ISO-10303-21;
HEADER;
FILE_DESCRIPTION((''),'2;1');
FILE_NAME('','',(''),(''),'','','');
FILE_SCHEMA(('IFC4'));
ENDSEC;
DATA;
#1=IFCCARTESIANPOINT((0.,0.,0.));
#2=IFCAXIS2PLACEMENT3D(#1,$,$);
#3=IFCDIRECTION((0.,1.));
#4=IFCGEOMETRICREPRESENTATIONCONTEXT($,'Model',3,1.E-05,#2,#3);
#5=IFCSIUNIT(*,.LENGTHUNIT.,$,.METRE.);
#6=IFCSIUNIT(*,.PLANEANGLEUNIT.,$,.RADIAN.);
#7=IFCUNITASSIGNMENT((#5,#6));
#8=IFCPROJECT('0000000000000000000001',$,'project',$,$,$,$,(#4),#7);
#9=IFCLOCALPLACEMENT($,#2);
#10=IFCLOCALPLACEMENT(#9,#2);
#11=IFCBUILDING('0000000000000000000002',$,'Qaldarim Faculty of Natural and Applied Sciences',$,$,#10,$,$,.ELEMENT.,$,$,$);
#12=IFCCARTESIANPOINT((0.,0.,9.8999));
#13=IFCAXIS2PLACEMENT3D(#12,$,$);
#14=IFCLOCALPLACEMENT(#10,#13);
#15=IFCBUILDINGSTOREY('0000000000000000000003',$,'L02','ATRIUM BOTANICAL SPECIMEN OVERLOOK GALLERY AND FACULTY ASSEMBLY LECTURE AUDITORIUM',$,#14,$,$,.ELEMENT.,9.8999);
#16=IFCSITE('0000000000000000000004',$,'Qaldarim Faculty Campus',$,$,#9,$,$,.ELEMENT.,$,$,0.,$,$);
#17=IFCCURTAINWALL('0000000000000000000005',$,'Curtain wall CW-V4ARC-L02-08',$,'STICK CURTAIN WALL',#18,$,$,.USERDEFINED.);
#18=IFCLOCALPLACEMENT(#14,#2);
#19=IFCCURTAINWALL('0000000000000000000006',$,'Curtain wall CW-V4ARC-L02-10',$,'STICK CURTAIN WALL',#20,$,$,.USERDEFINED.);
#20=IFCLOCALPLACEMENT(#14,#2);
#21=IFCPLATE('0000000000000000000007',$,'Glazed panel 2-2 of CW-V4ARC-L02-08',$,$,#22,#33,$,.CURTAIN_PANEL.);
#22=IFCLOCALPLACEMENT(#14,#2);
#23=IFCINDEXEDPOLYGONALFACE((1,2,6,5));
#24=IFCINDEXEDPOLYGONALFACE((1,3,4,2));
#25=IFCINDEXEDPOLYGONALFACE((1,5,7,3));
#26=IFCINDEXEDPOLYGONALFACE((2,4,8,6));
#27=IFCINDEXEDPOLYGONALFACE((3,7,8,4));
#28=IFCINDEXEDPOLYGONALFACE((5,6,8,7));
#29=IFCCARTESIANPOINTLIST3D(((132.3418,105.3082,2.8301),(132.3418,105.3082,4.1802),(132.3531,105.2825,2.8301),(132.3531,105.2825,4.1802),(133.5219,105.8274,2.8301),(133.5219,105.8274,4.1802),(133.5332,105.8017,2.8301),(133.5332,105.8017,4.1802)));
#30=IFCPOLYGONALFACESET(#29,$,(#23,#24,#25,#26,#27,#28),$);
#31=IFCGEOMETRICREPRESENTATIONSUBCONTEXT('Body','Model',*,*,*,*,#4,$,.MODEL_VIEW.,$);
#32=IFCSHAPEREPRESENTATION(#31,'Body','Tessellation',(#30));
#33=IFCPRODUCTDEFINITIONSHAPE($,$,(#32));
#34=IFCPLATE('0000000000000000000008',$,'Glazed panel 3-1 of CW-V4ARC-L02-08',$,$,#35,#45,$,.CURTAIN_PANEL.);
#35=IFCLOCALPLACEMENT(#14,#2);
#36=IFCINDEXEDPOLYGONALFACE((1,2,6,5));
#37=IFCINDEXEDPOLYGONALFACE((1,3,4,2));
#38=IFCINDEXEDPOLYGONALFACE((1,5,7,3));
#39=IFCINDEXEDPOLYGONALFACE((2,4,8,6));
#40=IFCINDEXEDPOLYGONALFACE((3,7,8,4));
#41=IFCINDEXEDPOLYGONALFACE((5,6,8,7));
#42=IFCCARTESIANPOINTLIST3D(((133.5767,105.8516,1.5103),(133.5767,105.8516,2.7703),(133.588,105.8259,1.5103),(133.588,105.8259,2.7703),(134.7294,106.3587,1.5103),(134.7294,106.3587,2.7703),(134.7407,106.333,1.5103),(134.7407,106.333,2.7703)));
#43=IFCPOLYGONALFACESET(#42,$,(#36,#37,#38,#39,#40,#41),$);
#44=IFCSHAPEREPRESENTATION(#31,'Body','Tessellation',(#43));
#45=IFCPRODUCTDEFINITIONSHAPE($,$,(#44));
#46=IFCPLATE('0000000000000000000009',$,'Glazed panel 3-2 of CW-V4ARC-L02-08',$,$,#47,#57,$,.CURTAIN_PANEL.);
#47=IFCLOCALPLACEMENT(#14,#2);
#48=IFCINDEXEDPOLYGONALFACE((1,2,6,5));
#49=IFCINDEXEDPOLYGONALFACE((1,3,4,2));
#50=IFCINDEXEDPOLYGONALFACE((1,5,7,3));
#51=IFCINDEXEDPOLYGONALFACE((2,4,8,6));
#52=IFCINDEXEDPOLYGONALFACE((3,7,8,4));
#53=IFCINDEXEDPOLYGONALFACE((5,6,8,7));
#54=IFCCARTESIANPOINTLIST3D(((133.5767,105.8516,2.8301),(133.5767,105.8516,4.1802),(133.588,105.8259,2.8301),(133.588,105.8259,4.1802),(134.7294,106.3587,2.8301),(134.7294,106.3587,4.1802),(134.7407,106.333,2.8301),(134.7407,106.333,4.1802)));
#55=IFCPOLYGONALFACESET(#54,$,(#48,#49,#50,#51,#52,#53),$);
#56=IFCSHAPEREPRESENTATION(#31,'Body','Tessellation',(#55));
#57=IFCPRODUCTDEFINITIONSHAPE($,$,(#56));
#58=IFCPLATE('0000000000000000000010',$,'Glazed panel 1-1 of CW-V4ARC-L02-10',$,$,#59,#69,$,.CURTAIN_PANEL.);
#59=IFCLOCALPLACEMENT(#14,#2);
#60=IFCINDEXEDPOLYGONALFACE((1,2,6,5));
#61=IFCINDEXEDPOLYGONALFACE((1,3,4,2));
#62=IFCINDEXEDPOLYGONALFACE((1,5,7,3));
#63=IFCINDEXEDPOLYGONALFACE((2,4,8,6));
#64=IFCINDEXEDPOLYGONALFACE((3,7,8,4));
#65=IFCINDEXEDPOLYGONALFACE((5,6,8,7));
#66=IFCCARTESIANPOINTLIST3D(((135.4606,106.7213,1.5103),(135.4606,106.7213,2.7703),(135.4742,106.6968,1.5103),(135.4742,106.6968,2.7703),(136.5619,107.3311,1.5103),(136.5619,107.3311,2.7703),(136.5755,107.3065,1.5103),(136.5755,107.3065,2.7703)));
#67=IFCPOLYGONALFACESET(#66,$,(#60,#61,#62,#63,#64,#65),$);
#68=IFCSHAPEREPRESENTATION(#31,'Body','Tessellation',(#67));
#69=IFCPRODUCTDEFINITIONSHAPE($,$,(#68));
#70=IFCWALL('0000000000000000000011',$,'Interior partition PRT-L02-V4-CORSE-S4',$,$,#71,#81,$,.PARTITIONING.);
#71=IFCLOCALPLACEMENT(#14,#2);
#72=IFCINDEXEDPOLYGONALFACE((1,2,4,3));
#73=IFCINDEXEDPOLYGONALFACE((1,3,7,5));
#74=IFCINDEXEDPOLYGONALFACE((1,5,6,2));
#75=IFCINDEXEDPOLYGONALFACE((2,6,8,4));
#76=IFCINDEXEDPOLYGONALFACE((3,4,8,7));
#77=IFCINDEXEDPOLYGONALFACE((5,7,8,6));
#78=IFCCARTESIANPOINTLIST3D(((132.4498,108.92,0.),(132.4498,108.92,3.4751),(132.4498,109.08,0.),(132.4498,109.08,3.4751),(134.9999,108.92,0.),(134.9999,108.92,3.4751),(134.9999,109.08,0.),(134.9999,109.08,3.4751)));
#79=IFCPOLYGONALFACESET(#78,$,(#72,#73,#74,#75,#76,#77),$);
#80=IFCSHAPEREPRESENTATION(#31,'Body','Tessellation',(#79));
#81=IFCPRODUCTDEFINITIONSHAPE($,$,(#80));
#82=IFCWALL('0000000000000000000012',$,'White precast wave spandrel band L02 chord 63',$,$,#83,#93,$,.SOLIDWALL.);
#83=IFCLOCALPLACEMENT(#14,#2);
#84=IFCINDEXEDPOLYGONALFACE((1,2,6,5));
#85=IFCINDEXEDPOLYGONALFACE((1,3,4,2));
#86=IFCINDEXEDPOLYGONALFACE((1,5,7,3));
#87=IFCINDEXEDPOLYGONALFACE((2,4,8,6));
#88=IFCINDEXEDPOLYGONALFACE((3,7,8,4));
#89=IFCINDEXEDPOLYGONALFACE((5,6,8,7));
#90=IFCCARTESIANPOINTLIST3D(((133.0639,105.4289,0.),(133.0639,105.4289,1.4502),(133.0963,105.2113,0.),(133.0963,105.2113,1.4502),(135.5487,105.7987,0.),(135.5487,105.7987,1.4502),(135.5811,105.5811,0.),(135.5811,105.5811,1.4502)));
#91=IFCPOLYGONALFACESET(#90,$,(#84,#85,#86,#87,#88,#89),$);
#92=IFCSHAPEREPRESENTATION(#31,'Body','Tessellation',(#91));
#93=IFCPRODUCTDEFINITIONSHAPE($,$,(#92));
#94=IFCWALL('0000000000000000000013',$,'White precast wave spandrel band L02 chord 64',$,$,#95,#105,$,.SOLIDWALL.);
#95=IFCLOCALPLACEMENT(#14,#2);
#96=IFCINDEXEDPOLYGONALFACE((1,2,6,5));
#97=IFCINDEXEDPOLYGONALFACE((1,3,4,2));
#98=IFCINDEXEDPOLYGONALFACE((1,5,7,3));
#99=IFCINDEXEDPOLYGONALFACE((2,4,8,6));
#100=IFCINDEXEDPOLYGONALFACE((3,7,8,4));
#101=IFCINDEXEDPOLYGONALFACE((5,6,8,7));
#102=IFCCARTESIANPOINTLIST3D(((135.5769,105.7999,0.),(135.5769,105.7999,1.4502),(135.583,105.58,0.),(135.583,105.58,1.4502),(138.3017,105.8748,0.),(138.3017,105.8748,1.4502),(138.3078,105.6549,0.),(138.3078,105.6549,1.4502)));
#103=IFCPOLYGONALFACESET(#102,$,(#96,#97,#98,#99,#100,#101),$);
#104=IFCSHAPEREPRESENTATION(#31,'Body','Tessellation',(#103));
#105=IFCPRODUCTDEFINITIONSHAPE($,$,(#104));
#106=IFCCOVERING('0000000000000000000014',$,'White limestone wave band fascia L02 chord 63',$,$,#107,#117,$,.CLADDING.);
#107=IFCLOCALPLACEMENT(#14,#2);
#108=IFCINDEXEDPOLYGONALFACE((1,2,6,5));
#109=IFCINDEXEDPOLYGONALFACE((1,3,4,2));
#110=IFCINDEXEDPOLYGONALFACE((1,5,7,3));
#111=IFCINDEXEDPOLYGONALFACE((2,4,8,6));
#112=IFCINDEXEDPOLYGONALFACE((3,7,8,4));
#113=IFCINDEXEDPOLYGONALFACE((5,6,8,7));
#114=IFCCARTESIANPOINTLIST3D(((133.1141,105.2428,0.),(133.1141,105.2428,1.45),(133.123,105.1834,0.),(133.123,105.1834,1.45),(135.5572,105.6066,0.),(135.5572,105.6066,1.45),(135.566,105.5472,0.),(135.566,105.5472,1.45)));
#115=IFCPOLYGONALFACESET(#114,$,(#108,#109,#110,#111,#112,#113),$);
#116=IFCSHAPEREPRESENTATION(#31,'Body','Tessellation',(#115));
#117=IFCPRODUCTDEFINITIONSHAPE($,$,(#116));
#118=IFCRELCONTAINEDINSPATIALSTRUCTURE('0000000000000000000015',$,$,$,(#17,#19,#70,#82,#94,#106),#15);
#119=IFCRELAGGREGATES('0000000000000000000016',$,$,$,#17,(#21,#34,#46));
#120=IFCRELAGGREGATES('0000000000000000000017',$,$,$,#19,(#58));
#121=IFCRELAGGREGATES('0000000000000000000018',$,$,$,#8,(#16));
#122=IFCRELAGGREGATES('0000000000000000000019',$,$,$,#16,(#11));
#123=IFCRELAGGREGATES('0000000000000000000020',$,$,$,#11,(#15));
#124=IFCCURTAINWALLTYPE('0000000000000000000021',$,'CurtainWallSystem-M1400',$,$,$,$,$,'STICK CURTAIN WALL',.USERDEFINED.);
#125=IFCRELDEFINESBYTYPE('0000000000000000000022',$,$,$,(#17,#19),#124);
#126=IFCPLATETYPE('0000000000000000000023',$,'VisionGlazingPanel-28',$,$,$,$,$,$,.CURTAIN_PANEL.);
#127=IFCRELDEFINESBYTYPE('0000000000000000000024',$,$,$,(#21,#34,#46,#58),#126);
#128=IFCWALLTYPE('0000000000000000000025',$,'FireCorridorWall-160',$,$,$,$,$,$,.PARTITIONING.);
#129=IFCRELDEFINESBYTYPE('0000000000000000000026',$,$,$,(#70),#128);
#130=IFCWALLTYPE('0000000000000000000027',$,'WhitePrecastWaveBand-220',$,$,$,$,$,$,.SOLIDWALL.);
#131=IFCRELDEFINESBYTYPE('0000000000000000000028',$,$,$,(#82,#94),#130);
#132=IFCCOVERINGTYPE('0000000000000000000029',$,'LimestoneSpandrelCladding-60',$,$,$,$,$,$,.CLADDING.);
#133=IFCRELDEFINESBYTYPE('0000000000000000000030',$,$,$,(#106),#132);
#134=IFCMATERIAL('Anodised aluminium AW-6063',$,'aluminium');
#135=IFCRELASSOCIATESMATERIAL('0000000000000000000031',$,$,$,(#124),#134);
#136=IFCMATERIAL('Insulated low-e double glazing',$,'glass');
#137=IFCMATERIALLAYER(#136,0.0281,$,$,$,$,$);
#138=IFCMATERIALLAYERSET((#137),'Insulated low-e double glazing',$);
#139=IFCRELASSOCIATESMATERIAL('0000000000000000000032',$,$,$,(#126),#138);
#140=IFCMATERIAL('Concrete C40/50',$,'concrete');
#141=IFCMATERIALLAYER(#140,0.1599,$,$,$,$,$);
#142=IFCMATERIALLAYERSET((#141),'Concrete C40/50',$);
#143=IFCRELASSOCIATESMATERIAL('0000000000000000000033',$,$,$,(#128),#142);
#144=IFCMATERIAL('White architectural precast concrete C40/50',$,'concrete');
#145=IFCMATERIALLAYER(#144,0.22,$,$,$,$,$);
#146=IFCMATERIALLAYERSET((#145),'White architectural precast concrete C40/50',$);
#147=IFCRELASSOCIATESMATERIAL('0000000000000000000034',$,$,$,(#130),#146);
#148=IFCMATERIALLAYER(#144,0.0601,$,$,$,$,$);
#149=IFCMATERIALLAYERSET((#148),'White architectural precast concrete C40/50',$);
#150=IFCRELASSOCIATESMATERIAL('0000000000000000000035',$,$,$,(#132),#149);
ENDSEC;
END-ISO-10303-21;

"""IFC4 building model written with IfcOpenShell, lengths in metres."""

from ifc_helpers import new_model, si_unit, direction, frame, frame_2d, origin, origin_2d, place, context, subcontext, project, spatial, rectangle, extrude, material, layer, layer_set, type_object, element, aggregate, save


model = new_model("IFC4")

# Units and contexts
model_context = context("Model", 3, precision=1e-05, world=origin(), true_north=direction((0.0, 1.0)))
body_context = subcontext(model_context, "Body", "Model", "MODEL_VIEW")
ifc_project = project(units=[si_unit("LENGTHUNIT", "METRE"), si_unit("PLANEANGLEUNIT", "RADIAN")], contexts=[model_context])

# Site, building, storey
site_placement = place(None, origin())
site = spatial("IfcSite", under=ifc_project, at=site_placement, Name="Qaldarim Faculty Campus", CompositionType="ELEMENT", RefElevation=0.0)
building_placement = place(site_placement, origin())
building = spatial("IfcBuilding", under=site, at=building_placement, Name="Qaldarim Faculty of Natural and Applied Sciences", CompositionType="ELEMENT")
storey_placement = place(building_placement, frame((0.0, 0.0, 9.8999)))
storey = spatial("IfcBuildingStorey", under=building, at=storey_placement, Name="L02", Description="ATRIUM BOTANICAL SPECIMEN OVERLOOK GALLERY AND FACULTY ASSEMBLY LECTURE AUDITORIUM", CompositionType="ELEMENT", Elevation=9.8999)

# Curtain wall
ifc_material_1 = material(Name="Anodised aluminium AW-6063", Category="aluminium")
curtain_wall_type = type_object("IfcCurtainWallType", Name="CurtainWallSystem-M1400", ElementType="STICK CURTAIN WALL", PredefinedType="USERDEFINED", material=ifc_material_1)
curtain_wall_1_placement = place(storey_placement, origin())
curtain_wall_1 = element("IfcCurtainWall", 1, at=curtain_wall_1_placement, inside=storey, type_object=curtain_wall_type, Name="Curtain wall CW-V4ARC-L02-08", ObjectType="STICK CURTAIN WALL", PredefinedType="USERDEFINED")

# Curtain wall
curtain_wall_2_placement = place(storey_placement, origin())
curtain_wall_2 = element("IfcCurtainWall", 2, at=curtain_wall_2_placement, inside=storey, type_object=curtain_wall_type, Name="Curtain wall CW-V4ARC-L02-10", ObjectType="STICK CURTAIN WALL", PredefinedType="USERDEFINED")

# Plates
ifc_material_2 = material(Name="Insulated low-e double glazing", Category="glass")
ifc_layer_1 = layer(ifc_material_2, 0.0281)
ifc_layer_set_1 = layer_set([ifc_layer_1], Name="Insulated low-e double glazing")
plate_type = type_object("IfcPlateType", Name="VisionGlazingPanel-28", PredefinedType="CURTAIN_PANEL", material=ifc_layer_set_1)
plate_1_placement = place(storey_placement, frame((132.9375, 105.5549, 2.8301), z_axis=(0.0, 0.0, 1.0), x_axis=(0.915333, 0.402699, 0.0)))
plate_1 = element("IfcPlate", 3, at=plate_1_placement, type_object=plate_type, Name="Glazed panel 2-2 of CW-V4ARC-L02-08", PredefinedType="CURTAIN_PANEL", context=body_context, shape_type="SweptSolid", body=[
    extrude(rectangle(XDim=1.2893, YDim=0.0281, at=origin_2d()), origin(), (0.0, 0.0, 1.0), 1.3501),
])
plate_2_placement = place(storey_placement, frame((134.1587, 106.0923, 1.5103), z_axis=(0.0, 0.0, 1.0), x_axis=(0.915333, 0.402699, 0.0)))
plate_2 = element("IfcPlate", 4, at=plate_2_placement, type_object=plate_type, Name="Glazed panel 3-1 of CW-V4ARC-L02-08", PredefinedType="CURTAIN_PANEL", context=body_context, shape_type="SweptSolid", body=[
    extrude(rectangle(XDim=1.2593, YDim=0.0281, at=origin_2d()), origin(), (0.0, 0.0, 1.0), 1.26),
])
plate_3_placement = place(storey_placement, frame((134.1587, 106.0923, 2.8301), z_axis=(0.0, 0.0, 1.0), x_axis=(0.915333, 0.402699, 0.0)))
plate_3 = element("IfcPlate", 5, at=plate_3_placement, type_object=plate_type, Name="Glazed panel 3-2 of CW-V4ARC-L02-08", PredefinedType="CURTAIN_PANEL", context=body_context, shape_type="SweptSolid", body=[
    extrude(rectangle(XDim=1.2593, YDim=0.0281, at=origin_2d()), origin(), (0.0, 0.0, 1.0), 1.3501),
])
aggregate(curtain_wall_1, [plate_1, plate_2, plate_3])
plate_4_placement = place(storey_placement, frame((136.0181, 107.0139, 1.5103), z_axis=(0.0, 0.0, 1.0), x_axis=(0.874857, 0.484382, 0.0)))
plate_4 = element("IfcPlate", 6, at=plate_4_placement, type_object=plate_type, Name="Glazed panel 1-1 of CW-V4ARC-L02-10", PredefinedType="CURTAIN_PANEL", context=body_context, shape_type="SweptSolid", body=[
    extrude(rectangle(XDim=1.2588, YDim=0.0281, at=origin_2d()), origin(), (0.0, 0.0, 1.0), 1.26),
])
aggregate(curtain_wall_2, [plate_4])

# Walls
ifc_material_3 = material(Name="Concrete C40/50", Category="concrete")
ifc_layer_2 = layer(ifc_material_3, 0.1599)
ifc_layer_set_2 = layer_set([ifc_layer_2], Name="Concrete C40/50")
wall_type_1 = type_object("IfcWallType", Name="FireCorridorWall-160", PredefinedType="PARTITIONING", material=ifc_layer_set_2)
wall_1_placement = place(storey_placement, frame((132.45, 109.0, 0.0), z_axis=(0.0, 0.0, 1.0), x_axis=(1.0, 0.0, 0.0)))
element("IfcWall", 7, at=wall_1_placement, inside=storey, type_object=wall_type_1, Name="Interior partition PRT-L02-V4-CORSE-S4", PredefinedType="PARTITIONING", context=body_context, shape_type="SweptSolid", body=[
    extrude(rectangle(XDim=2.55, YDim=0.1599, at=frame_2d((1.2749, 0.0))), origin(), (0.0, 0.0, 1.0), 3.4751),
])
ifc_material_4 = material(Name="White architectural precast concrete C40/50", Category="concrete")
ifc_layer_3 = layer(ifc_material_4, 0.22)
ifc_layer_set_3 = layer_set([ifc_layer_3], Name="White architectural precast concrete C40/50")
wall_type_2 = type_object("IfcWallType", Name="WhitePrecastWaveBand-220", PredefinedType="SOLIDWALL", material=ifc_layer_set_3)
wall_2_placement = place(storey_placement, frame((133.0801, 105.3201, 0.0), z_axis=(0.0, 0.0, 1.0), x_axis=(0.989103, 0.147228, 0.0)))
element("IfcWall", 8, at=wall_2_placement, inside=storey, type_object=wall_type_2, Name="White precast wave spandrel band L02 chord 63", PredefinedType="SOLIDWALL", context=body_context, shape_type="SweptSolid", body=[
    extrude(rectangle(XDim=2.5122, YDim=0.22, at=frame_2d((1.2561, 0.0))), origin(), (0.0, 0.0, 1.0), 1.4502),
])
wall_3_placement = place(storey_placement, frame((135.5801, 105.6899, 0.0), z_axis=(0.0, 0.0, 1.0), x_axis=(0.999622, 0.027496, 0.0)))
element("IfcWall", 9, at=wall_3_placement, inside=storey, type_object=wall_type_2, Name="White precast wave spandrel band L02 chord 64", PredefinedType="SOLIDWALL", context=body_context, shape_type="SweptSolid", body=[
    extrude(rectangle(XDim=2.7258, YDim=0.22, at=frame_2d((1.3628, 0.0))), origin(), (0.0, 0.0, 1.0), 1.4502),
])

# Covering
ifc_layer_4 = layer(ifc_material_4, 0.0601)
ifc_layer_set_4 = layer_set([ifc_layer_4], Name="White architectural precast concrete C40/50")
covering_type = type_object("IfcCoveringType", Name="LimestoneSpandrelCladding-60", PredefinedType="CLADDING", material=ifc_layer_set_4)
covering_placement = place(storey_placement, frame((134.3401, 105.395, 0.0), z_axis=(0.0, 0.0, 1.0), x_axis=(0.989096, 0.147274, 0.0)))
element("IfcCovering", 10, at=covering_placement, inside=storey, type_object=covering_type, Name="White limestone wave band fascia L02 chord 63", PredefinedType="CLADDING", context=body_context, shape_type="SweptSolid", body=[
    extrude(rectangle(XDim=2.47, YDim=0.0601, at=origin_2d()), origin(), (0.0, 0.0, 1.0), 1.45),
])

save(model, "model.ifc")
